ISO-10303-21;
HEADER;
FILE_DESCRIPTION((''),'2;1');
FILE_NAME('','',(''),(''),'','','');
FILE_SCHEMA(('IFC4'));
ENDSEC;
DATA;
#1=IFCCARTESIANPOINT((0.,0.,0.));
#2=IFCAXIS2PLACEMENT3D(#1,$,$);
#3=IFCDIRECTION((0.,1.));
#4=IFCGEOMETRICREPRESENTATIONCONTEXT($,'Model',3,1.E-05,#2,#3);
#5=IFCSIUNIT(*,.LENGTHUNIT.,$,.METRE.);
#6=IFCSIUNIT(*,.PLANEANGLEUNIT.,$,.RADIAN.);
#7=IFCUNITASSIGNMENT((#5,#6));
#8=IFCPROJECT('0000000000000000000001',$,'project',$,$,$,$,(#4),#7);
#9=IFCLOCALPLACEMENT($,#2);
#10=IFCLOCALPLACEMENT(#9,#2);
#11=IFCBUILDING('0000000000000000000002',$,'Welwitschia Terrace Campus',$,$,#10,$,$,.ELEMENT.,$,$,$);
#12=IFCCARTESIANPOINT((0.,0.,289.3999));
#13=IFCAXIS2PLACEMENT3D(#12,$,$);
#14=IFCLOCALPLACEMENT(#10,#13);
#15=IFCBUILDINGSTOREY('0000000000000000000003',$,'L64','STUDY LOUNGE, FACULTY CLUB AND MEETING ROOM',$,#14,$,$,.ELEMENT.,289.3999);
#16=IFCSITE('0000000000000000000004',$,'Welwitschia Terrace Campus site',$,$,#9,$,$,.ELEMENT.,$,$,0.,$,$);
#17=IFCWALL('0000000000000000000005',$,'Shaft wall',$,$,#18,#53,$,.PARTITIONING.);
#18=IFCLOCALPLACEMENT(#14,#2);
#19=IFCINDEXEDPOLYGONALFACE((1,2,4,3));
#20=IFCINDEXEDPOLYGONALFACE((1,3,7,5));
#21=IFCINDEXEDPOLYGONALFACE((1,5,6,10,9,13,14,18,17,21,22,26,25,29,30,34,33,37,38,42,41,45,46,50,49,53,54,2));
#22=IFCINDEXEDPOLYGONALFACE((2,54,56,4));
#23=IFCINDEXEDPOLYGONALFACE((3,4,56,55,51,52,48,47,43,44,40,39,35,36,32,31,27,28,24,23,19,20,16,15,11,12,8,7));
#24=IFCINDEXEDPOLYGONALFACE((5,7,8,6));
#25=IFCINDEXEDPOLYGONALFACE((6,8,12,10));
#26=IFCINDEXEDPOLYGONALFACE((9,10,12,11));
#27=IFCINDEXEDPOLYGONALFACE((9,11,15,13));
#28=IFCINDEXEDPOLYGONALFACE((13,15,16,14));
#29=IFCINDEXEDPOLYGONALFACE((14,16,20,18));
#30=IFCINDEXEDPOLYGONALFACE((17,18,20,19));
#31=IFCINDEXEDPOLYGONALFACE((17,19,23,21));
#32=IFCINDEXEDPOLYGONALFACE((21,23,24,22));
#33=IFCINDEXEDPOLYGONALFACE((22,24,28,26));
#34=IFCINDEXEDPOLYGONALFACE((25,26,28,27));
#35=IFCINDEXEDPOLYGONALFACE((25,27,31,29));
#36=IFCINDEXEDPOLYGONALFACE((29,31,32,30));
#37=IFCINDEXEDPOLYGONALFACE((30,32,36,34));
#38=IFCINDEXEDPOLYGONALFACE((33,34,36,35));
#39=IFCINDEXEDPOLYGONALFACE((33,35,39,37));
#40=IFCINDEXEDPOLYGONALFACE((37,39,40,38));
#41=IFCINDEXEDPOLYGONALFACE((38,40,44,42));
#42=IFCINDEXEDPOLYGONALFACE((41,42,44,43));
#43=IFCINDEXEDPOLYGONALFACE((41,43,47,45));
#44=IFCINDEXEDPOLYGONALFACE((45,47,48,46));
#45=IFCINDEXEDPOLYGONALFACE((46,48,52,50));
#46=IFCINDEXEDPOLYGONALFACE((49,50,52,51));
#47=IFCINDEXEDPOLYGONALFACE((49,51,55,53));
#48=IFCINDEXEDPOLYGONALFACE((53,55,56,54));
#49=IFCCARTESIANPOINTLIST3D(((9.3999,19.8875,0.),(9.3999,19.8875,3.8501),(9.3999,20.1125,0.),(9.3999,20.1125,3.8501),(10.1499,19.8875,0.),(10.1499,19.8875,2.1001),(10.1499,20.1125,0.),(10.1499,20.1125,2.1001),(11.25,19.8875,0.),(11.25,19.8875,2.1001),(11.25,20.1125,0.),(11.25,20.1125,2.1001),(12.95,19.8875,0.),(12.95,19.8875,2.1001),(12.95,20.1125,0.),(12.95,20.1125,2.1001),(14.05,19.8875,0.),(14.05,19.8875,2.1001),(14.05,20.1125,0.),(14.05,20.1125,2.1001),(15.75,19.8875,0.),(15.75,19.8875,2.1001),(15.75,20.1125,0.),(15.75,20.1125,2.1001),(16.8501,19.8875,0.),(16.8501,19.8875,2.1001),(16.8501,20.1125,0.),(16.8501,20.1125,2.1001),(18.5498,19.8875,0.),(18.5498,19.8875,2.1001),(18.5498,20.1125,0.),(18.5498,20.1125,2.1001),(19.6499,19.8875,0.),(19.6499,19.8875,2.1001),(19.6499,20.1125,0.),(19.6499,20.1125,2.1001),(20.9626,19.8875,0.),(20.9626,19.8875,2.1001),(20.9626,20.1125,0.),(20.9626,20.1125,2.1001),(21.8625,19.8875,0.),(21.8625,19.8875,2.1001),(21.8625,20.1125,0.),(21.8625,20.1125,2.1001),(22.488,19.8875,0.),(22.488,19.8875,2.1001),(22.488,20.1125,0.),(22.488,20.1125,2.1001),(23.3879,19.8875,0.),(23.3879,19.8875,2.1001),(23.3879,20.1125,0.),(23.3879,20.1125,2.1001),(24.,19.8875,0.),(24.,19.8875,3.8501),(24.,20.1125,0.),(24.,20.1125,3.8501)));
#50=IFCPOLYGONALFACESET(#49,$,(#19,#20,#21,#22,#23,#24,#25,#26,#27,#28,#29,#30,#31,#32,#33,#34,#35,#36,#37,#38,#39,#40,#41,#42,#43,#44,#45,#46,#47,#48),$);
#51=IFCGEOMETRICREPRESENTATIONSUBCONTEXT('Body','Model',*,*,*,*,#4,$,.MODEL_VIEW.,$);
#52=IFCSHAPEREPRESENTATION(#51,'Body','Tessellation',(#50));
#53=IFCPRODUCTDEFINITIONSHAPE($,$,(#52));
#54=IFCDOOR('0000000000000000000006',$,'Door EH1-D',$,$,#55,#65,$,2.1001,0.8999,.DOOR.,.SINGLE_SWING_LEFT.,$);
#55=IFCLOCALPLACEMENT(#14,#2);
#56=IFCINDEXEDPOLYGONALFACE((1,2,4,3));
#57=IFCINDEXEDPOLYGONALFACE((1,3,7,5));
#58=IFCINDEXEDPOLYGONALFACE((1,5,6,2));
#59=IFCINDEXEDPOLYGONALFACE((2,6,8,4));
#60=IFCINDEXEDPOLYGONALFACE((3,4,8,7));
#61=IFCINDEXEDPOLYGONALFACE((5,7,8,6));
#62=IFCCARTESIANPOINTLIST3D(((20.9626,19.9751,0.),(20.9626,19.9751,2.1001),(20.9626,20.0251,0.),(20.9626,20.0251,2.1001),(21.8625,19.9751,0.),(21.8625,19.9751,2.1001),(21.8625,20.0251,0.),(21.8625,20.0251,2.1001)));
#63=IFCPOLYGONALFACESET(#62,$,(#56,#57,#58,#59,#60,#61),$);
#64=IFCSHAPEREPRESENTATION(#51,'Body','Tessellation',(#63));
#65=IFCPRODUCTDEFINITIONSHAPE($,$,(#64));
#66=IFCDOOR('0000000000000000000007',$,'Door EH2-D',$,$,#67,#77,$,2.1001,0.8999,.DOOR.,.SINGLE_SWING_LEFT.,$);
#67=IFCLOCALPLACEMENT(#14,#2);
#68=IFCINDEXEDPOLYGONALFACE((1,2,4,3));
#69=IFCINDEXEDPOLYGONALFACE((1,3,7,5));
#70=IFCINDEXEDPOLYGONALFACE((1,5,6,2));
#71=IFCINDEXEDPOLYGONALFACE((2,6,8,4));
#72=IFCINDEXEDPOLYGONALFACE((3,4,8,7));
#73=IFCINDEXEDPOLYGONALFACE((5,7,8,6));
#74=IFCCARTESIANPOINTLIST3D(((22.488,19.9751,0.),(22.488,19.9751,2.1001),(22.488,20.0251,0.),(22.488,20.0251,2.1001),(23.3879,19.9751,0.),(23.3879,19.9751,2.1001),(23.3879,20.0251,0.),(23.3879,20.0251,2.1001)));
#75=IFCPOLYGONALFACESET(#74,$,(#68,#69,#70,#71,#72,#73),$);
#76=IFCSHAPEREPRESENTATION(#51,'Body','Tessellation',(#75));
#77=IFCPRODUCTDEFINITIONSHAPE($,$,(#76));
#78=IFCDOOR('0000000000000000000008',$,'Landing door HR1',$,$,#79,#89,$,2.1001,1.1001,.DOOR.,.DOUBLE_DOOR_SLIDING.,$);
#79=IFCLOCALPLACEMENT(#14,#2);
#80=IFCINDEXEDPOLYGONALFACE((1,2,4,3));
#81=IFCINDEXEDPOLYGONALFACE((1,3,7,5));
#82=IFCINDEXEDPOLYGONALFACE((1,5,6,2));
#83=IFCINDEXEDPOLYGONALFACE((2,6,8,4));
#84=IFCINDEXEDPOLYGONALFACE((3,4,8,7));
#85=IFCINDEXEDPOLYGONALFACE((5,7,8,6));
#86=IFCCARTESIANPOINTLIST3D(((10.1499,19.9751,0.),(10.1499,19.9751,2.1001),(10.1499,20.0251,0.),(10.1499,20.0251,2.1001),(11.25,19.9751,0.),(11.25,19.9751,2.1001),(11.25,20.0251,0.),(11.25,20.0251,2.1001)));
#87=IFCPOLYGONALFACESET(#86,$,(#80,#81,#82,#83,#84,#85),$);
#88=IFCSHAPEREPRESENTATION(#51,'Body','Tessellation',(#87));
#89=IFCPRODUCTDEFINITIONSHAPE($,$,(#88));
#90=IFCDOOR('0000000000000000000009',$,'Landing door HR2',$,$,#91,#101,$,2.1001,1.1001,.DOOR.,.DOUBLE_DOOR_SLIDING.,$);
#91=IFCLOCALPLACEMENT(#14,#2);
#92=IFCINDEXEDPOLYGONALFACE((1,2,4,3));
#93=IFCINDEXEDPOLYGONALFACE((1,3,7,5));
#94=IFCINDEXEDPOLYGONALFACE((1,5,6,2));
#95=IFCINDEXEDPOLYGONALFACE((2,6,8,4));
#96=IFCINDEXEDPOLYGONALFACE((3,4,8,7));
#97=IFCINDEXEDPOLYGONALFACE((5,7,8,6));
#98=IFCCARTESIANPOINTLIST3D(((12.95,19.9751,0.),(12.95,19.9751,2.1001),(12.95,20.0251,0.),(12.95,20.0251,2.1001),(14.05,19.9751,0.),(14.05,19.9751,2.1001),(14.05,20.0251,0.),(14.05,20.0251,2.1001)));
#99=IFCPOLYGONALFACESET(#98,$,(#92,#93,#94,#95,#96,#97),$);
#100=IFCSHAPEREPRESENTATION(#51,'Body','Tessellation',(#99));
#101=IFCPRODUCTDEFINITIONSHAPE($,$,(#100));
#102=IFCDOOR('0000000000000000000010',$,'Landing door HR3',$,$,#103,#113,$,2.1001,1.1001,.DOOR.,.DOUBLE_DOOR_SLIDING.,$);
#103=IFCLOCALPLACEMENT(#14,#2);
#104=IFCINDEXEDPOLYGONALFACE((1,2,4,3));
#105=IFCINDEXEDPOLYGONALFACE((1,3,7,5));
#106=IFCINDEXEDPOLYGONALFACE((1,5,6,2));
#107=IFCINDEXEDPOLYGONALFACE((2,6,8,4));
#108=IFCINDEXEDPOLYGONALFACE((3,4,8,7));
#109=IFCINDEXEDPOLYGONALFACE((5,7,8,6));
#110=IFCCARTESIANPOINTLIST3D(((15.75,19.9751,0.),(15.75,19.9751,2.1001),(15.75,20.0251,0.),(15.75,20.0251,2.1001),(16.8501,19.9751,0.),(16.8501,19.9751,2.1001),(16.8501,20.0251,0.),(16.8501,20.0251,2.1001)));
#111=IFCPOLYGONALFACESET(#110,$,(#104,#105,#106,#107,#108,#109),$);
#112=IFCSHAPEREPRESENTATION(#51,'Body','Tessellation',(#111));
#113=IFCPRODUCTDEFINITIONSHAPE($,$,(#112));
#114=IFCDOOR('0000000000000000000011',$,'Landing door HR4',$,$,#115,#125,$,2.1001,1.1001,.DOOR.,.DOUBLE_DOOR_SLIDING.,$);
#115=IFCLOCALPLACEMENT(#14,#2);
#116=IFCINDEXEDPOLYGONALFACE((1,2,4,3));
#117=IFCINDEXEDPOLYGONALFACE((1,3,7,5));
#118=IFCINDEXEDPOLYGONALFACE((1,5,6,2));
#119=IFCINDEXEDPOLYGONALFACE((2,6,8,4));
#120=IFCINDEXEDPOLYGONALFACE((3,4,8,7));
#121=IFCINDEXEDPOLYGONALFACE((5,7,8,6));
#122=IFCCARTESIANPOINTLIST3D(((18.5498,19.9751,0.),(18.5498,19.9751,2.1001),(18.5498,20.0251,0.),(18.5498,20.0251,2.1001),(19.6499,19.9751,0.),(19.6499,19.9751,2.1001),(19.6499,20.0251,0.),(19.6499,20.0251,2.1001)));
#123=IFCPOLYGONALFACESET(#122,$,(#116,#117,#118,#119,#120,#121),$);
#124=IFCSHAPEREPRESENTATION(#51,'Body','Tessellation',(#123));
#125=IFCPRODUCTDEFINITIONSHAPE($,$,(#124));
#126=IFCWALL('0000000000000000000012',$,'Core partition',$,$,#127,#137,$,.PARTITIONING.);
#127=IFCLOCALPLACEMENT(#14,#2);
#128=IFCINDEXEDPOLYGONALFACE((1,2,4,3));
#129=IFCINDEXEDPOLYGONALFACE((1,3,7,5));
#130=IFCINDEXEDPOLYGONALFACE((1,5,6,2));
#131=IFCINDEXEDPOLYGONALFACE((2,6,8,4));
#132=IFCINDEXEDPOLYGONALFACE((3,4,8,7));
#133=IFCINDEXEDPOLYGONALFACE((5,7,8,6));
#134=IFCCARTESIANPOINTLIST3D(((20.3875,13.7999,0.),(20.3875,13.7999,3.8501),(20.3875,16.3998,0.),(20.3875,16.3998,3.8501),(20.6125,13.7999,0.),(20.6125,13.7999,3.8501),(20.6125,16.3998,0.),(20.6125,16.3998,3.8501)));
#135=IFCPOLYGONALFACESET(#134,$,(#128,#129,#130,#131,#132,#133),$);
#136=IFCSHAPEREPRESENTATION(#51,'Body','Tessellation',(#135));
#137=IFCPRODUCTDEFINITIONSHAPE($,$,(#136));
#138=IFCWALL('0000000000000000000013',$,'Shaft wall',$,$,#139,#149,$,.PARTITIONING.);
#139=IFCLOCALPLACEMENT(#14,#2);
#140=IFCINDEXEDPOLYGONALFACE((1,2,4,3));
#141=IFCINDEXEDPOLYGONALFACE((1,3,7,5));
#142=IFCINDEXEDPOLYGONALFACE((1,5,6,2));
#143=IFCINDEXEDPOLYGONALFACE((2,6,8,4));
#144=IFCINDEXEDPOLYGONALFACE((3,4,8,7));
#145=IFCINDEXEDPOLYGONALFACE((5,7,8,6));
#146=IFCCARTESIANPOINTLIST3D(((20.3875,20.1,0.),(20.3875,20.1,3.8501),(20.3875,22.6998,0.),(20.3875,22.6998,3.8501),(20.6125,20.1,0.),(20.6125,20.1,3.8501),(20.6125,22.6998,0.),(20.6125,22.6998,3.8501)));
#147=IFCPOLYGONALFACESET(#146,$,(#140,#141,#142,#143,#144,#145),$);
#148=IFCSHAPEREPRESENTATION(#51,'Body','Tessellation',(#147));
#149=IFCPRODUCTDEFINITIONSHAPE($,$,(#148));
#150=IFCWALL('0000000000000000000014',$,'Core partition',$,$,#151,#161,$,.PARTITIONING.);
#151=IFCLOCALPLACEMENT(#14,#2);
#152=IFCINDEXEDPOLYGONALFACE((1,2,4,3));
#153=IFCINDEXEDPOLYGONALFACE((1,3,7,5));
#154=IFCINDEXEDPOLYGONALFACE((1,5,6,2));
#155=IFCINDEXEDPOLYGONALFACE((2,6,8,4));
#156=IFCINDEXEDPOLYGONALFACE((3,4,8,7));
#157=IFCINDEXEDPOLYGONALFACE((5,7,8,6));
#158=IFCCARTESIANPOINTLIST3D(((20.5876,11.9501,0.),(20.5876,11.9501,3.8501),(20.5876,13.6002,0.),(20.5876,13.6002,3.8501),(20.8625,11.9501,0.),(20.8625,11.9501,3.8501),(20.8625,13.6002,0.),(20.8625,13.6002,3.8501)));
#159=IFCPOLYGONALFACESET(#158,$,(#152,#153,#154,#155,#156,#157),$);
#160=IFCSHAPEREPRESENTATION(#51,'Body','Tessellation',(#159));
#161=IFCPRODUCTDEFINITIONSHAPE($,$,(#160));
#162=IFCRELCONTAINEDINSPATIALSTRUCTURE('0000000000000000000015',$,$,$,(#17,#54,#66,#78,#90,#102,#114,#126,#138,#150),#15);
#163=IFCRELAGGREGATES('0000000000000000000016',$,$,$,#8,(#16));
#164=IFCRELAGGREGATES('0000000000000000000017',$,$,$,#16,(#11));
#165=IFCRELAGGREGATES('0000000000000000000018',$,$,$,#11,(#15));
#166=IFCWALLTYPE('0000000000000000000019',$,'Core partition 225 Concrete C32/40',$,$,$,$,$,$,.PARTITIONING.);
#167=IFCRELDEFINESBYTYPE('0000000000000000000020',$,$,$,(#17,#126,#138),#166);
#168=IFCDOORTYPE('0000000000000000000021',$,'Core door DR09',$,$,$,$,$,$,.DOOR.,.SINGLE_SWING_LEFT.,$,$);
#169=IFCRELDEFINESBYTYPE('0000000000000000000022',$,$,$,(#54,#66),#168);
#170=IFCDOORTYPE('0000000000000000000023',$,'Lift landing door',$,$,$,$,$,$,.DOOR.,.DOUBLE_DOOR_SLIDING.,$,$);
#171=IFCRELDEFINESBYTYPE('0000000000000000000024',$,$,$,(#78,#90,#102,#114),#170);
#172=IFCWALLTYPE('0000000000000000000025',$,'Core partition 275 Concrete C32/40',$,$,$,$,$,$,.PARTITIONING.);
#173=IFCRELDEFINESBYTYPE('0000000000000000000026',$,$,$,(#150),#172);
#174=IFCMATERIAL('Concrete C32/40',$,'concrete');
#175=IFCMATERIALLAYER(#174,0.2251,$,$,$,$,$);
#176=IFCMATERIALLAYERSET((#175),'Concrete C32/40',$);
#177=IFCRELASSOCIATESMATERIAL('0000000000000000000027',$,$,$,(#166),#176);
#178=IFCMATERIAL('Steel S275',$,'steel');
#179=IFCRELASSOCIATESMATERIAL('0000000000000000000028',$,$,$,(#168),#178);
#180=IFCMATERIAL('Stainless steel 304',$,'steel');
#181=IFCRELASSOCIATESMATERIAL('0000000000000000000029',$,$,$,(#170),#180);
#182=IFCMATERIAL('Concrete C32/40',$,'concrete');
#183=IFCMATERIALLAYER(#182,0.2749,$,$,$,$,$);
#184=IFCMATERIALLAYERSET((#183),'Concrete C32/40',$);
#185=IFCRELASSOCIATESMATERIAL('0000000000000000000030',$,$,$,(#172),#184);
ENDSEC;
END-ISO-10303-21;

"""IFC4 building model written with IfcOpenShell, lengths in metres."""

from ifc_helpers import new_model, si_unit, direction, frame, frame_2d, origin, place, context, subcontext, project, spatial, rectangle, extrude, material, layer, layer_set, type_object, element, fill, save


model = new_model("IFC4")

# Units and contexts
model_context = context("Model", 3, precision=1e-05, world=origin(), true_north=direction((0.0, 1.0)))
body_context = subcontext(model_context, "Body", "Model", "MODEL_VIEW")
ifc_project = project(units=[si_unit("LENGTHUNIT", "METRE"), si_unit("PLANEANGLEUNIT", "RADIAN")], contexts=[model_context])

# Site, building, storey
site_placement = place(None, origin())
site = spatial("IfcSite", under=ifc_project, at=site_placement, Name="Welwitschia Terrace Campus site", CompositionType="ELEMENT", RefElevation=0.0)
building_placement = place(site_placement, origin())
building = spatial("IfcBuilding", under=site, at=building_placement, Name="Welwitschia Terrace Campus", CompositionType="ELEMENT")
storey_placement = place(building_placement, frame((0.0, 0.0, 289.3999)))
storey = spatial("IfcBuildingStorey", under=building, at=storey_placement, Name="L64", Description="STUDY LOUNGE, FACULTY CLUB AND MEETING ROOM", CompositionType="ELEMENT", Elevation=289.3999)

# Shared definitions
ifc_material_1 = material(Name="Concrete C32/40", Category="concrete")
ifc_layer_1 = layer(ifc_material_1, 0.2251)
ifc_layer_set_1 = layer_set([ifc_layer_1], Name="Concrete C32/40")
wall_type_1 = type_object("IfcWallType", Name="Core partition 225 Concrete C32/40", PredefinedType="PARTITIONING", material=ifc_layer_set_1)

# Wall, openings, doors
wall_1_placement = place(storey_placement, frame((24.0, 20.0, 0.0), z_axis=(0.0, 0.0, 1.0), x_axis=(-1.0, 0.0, 0.0)))
wall_1 = element("IfcWall", 1, at=wall_1_placement, inside=storey, type_object=wall_type_1, Name="Shaft wall", PredefinedType="PARTITIONING", context=body_context, shape_type="SweptSolid", body=[
    extrude(rectangle(XDim=14.6001, YDim=0.2251, at=frame_2d((7.3, 0.0))), origin(), (0.0, 0.0, 1.0), 3.8501),
])
opening_1_placement = place(wall_1_placement, frame((12.75, 0.0, 0.0)))
opening_1 = element("IfcOpeningElement", 2, at=opening_1_placement, cuts=wall_1, PredefinedType="OPENING", context=body_context, shape_type="SweptSolid", body=[
    extrude(rectangle(XDim=1.1001, YDim=2.1001, at=frame_2d((0.55, 1.05))), frame((0.0, 0.1226, 0.0), z_axis=(0.0, -1.0, 0.0), x_axis=(1.0, 0.0, 0.0)), (0.0, 0.0, 1.0), 0.2451),
])
opening_2_placement = place(wall_1_placement, frame((9.95, 0.0, 0.0)))
opening_2 = element("IfcOpeningElement", 3, at=opening_2_placement, cuts=wall_1, PredefinedType="OPENING", context=body_context, shape_type="SweptSolid", body=[
    extrude(rectangle(XDim=1.1001, YDim=2.1001, at=frame_2d((0.55, 1.05))), frame((0.0, 0.1226, 0.0), z_axis=(0.0, -1.0, 0.0), x_axis=(1.0, 0.0, 0.0)), (0.0, 0.0, 1.0), 0.2451),
])
opening_3_placement = place(wall_1_placement, frame((7.1499, 0.0, 0.0)))
opening_3 = element("IfcOpeningElement", 4, at=opening_3_placement, cuts=wall_1, PredefinedType="OPENING", context=body_context, shape_type="SweptSolid", body=[
    extrude(rectangle(XDim=1.1001, YDim=2.1001, at=frame_2d((0.55, 1.05))), frame((0.0, 0.1226, 0.0), z_axis=(0.0, -1.0, 0.0), x_axis=(1.0, 0.0, 0.0)), (0.0, 0.0, 1.0), 0.2451),
])
opening_4_placement = place(wall_1_placement, frame((4.3501, 0.0, 0.0)))
opening_4 = element("IfcOpeningElement", 5, at=opening_4_placement, cuts=wall_1, PredefinedType="OPENING", context=body_context, shape_type="SweptSolid", body=[
    extrude(rectangle(XDim=1.1001, YDim=2.1001, at=frame_2d((0.55, 1.05))), frame((0.0, 0.1226, 0.0), z_axis=(0.0, -1.0, 0.0), x_axis=(1.0, 0.0, 0.0)), (0.0, 0.0, 1.0), 0.2451),
])
opening_5_placement = place(wall_1_placement, frame((2.1375, 0.0, 0.0)))
opening_5 = element("IfcOpeningElement", 6, at=opening_5_placement, cuts=wall_1, PredefinedType="OPENING", context=body_context, shape_type="SweptSolid", body=[
    extrude(rectangle(XDim=0.8999, YDim=2.1001, at=frame_2d((0.45, 1.05))), frame((0.0, 0.1226, 0.0), z_axis=(0.0, -1.0, 0.0), x_axis=(1.0, 0.0, 0.0)), (0.0, 0.0, 1.0), 0.2451),
])
opening_6_placement = place(wall_1_placement, frame((0.6121, 0.0, 0.0)))
opening_6 = element("IfcOpeningElement", 7, at=opening_6_placement, cuts=wall_1, PredefinedType="OPENING", context=body_context, shape_type="SweptSolid", body=[
    extrude(rectangle(XDim=0.8999, YDim=2.1001, at=frame_2d((0.45, 1.05))), frame((0.0, 0.1226, 0.0), z_axis=(0.0, -1.0, 0.0), x_axis=(1.0, 0.0, 0.0)), (0.0, 0.0, 1.0), 0.2451),
])
ifc_material_2 = material(Name="Steel S275", Category="steel")
door_type_1 = type_object("IfcDoorType", Name="Core door DR09", OperationType="SINGLE_SWING_LEFT", PredefinedType="DOOR", material=ifc_material_2)
door_1_placement = place(opening_5_placement, origin())
door_1 = element("IfcDoor", 8, at=door_1_placement, inside=storey, type_object=door_type_1, Name="Door EH1-D", OperationType="SINGLE_SWING_LEFT", OverallHeight=2.1001, OverallWidth=0.8999, PredefinedType="DOOR", context=body_context, shape_type="SweptSolid", body=[
    extrude(rectangle(XDim=0.8999, YDim=2.1001, at=frame_2d((0.45, 1.05))), frame((0.0, 0.0249, 0.0), z_axis=(0.0, -1.0, 0.0), x_axis=(1.0, 0.0, 0.0)), (0.0, 0.0, 1.0), 0.05),
])
fill(opening_5, door_1)
door_2_placement = place(opening_6_placement, origin())
door_2 = element("IfcDoor", 9, at=door_2_placement, inside=storey, type_object=door_type_1, Name="Door EH2-D", OperationType="SINGLE_SWING_LEFT", OverallHeight=2.1001, OverallWidth=0.8999, PredefinedType="DOOR", context=body_context, shape_type="SweptSolid", body=[
    extrude(rectangle(XDim=0.8999, YDim=2.1001, at=frame_2d((0.45, 1.05))), frame((0.0, 0.0249, 0.0), z_axis=(0.0, -1.0, 0.0), x_axis=(1.0, 0.0, 0.0)), (0.0, 0.0, 1.0), 0.05),
])
fill(opening_6, door_2)
ifc_material_3 = material(Name="Stainless steel 304", Category="steel")
door_type_2 = type_object("IfcDoorType", Name="Lift landing door", OperationType="DOUBLE_DOOR_SLIDING", PredefinedType="DOOR", material=ifc_material_3)
door_3_placement = place(opening_1_placement, origin())
door_3 = element("IfcDoor", 10, at=door_3_placement, inside=storey, type_object=door_type_2, Name="Landing door HR1", OperationType="DOUBLE_DOOR_SLIDING", OverallHeight=2.1001, OverallWidth=1.1001, PredefinedType="DOOR", context=body_context, shape_type="SweptSolid", body=[
    extrude(rectangle(XDim=1.1001, YDim=2.1001, at=frame_2d((0.55, 1.05))), frame((0.0, 0.0249, 0.0), z_axis=(0.0, -1.0, 0.0), x_axis=(1.0, 0.0, 0.0)), (0.0, 0.0, 1.0), 0.05),
])
fill(opening_1, door_3)
door_4_placement = place(opening_2_placement, origin())
door_4 = element("IfcDoor", 11, at=door_4_placement, inside=storey, type_object=door_type_2, Name="Landing door HR2", OperationType="DOUBLE_DOOR_SLIDING", OverallHeight=2.1001, OverallWidth=1.1001, PredefinedType="DOOR", context=body_context, shape_type="SweptSolid", body=[
    extrude(rectangle(XDim=1.1001, YDim=2.1001, at=frame_2d((0.55, 1.05))), frame((0.0, 0.0249, 0.0), z_axis=(0.0, -1.0, 0.0), x_axis=(1.0, 0.0, 0.0)), (0.0, 0.0, 1.0), 0.05),
])
fill(opening_2, door_4)
door_5_placement = place(opening_3_placement, origin())
door_5 = element("IfcDoor", 12, at=door_5_placement, inside=storey, type_object=door_type_2, Name="Landing door HR3", OperationType="DOUBLE_DOOR_SLIDING", OverallHeight=2.1001, OverallWidth=1.1001, PredefinedType="DOOR", context=body_context, shape_type="SweptSolid", body=[
    extrude(rectangle(XDim=1.1001, YDim=2.1001, at=frame_2d((0.55, 1.05))), frame((0.0, 0.0249, 0.0), z_axis=(0.0, -1.0, 0.0), x_axis=(1.0, 0.0, 0.0)), (0.0, 0.0, 1.0), 0.05),
])
fill(opening_3, door_5)
door_6_placement = place(opening_4_placement, origin())
door_6 = element("IfcDoor", 13, at=door_6_placement, inside=storey, type_object=door_type_2, Name="Landing door HR4", OperationType="DOUBLE_DOOR_SLIDING", OverallHeight=2.1001, OverallWidth=1.1001, PredefinedType="DOOR", context=body_context, shape_type="SweptSolid", body=[
    extrude(rectangle(XDim=1.1001, YDim=2.1001, at=frame_2d((0.55, 1.05))), frame((0.0, 0.0249, 0.0), z_axis=(0.0, -1.0, 0.0), x_axis=(1.0, 0.0, 0.0)), (0.0, 0.0, 1.0), 0.05),
])
fill(opening_4, door_6)

# Walls
for number, where, z_axis, x_axis, name in (
    (14, (20.5, 13.8, 0.0), (0.0, 0.0, 1.0), (0.0, 1.0, 0.0), "Core partition"),
    (15, (20.5, 20.1001, 0.0), (0.0, 0.0, 1.0), (0.0, 1.0, 0.0), "Shaft wall"),
):
    element("IfcWall", number, at=place(storey_placement, frame(where, z_axis=z_axis, x_axis=x_axis)), inside=storey, type_object=wall_type_1, Name=name, PredefinedType="PARTITIONING", context=body_context, shape_type="SweptSolid", body=[
        extrude(rectangle(XDim=2.5999, YDim=0.2251, at=frame_2d((1.2998, 0.0))), origin(), (0.0, 0.0, 1.0), 3.8501),
    ])
ifc_material_4 = material(Name="Concrete C32/40", Category="concrete")
ifc_layer_2 = layer(ifc_material_4, 0.2749)
ifc_layer_set_2 = layer_set([ifc_layer_2], Name="Concrete C32/40")
wall_type_2 = type_object("IfcWallType", Name="Core partition 275 Concrete C32/40", PredefinedType="PARTITIONING", material=ifc_layer_set_2)
wall_2_placement = place(storey_placement, frame((20.7251, 11.95, 0.0), z_axis=(0.0, 0.0, 1.0), x_axis=(0.0, 1.0, 0.0)))
element("IfcWall", 16, at=wall_2_placement, inside=storey, type_object=wall_type_2, Name="Core partition", PredefinedType="PARTITIONING", context=body_context, shape_type="SweptSolid", body=[
    extrude(rectangle(XDim=1.6501, YDim=0.2749, at=frame_2d((0.8252, 0.0))), origin(), (0.0, 0.0, 1.0), 3.8501),
])

save(model, "model.ifc")
